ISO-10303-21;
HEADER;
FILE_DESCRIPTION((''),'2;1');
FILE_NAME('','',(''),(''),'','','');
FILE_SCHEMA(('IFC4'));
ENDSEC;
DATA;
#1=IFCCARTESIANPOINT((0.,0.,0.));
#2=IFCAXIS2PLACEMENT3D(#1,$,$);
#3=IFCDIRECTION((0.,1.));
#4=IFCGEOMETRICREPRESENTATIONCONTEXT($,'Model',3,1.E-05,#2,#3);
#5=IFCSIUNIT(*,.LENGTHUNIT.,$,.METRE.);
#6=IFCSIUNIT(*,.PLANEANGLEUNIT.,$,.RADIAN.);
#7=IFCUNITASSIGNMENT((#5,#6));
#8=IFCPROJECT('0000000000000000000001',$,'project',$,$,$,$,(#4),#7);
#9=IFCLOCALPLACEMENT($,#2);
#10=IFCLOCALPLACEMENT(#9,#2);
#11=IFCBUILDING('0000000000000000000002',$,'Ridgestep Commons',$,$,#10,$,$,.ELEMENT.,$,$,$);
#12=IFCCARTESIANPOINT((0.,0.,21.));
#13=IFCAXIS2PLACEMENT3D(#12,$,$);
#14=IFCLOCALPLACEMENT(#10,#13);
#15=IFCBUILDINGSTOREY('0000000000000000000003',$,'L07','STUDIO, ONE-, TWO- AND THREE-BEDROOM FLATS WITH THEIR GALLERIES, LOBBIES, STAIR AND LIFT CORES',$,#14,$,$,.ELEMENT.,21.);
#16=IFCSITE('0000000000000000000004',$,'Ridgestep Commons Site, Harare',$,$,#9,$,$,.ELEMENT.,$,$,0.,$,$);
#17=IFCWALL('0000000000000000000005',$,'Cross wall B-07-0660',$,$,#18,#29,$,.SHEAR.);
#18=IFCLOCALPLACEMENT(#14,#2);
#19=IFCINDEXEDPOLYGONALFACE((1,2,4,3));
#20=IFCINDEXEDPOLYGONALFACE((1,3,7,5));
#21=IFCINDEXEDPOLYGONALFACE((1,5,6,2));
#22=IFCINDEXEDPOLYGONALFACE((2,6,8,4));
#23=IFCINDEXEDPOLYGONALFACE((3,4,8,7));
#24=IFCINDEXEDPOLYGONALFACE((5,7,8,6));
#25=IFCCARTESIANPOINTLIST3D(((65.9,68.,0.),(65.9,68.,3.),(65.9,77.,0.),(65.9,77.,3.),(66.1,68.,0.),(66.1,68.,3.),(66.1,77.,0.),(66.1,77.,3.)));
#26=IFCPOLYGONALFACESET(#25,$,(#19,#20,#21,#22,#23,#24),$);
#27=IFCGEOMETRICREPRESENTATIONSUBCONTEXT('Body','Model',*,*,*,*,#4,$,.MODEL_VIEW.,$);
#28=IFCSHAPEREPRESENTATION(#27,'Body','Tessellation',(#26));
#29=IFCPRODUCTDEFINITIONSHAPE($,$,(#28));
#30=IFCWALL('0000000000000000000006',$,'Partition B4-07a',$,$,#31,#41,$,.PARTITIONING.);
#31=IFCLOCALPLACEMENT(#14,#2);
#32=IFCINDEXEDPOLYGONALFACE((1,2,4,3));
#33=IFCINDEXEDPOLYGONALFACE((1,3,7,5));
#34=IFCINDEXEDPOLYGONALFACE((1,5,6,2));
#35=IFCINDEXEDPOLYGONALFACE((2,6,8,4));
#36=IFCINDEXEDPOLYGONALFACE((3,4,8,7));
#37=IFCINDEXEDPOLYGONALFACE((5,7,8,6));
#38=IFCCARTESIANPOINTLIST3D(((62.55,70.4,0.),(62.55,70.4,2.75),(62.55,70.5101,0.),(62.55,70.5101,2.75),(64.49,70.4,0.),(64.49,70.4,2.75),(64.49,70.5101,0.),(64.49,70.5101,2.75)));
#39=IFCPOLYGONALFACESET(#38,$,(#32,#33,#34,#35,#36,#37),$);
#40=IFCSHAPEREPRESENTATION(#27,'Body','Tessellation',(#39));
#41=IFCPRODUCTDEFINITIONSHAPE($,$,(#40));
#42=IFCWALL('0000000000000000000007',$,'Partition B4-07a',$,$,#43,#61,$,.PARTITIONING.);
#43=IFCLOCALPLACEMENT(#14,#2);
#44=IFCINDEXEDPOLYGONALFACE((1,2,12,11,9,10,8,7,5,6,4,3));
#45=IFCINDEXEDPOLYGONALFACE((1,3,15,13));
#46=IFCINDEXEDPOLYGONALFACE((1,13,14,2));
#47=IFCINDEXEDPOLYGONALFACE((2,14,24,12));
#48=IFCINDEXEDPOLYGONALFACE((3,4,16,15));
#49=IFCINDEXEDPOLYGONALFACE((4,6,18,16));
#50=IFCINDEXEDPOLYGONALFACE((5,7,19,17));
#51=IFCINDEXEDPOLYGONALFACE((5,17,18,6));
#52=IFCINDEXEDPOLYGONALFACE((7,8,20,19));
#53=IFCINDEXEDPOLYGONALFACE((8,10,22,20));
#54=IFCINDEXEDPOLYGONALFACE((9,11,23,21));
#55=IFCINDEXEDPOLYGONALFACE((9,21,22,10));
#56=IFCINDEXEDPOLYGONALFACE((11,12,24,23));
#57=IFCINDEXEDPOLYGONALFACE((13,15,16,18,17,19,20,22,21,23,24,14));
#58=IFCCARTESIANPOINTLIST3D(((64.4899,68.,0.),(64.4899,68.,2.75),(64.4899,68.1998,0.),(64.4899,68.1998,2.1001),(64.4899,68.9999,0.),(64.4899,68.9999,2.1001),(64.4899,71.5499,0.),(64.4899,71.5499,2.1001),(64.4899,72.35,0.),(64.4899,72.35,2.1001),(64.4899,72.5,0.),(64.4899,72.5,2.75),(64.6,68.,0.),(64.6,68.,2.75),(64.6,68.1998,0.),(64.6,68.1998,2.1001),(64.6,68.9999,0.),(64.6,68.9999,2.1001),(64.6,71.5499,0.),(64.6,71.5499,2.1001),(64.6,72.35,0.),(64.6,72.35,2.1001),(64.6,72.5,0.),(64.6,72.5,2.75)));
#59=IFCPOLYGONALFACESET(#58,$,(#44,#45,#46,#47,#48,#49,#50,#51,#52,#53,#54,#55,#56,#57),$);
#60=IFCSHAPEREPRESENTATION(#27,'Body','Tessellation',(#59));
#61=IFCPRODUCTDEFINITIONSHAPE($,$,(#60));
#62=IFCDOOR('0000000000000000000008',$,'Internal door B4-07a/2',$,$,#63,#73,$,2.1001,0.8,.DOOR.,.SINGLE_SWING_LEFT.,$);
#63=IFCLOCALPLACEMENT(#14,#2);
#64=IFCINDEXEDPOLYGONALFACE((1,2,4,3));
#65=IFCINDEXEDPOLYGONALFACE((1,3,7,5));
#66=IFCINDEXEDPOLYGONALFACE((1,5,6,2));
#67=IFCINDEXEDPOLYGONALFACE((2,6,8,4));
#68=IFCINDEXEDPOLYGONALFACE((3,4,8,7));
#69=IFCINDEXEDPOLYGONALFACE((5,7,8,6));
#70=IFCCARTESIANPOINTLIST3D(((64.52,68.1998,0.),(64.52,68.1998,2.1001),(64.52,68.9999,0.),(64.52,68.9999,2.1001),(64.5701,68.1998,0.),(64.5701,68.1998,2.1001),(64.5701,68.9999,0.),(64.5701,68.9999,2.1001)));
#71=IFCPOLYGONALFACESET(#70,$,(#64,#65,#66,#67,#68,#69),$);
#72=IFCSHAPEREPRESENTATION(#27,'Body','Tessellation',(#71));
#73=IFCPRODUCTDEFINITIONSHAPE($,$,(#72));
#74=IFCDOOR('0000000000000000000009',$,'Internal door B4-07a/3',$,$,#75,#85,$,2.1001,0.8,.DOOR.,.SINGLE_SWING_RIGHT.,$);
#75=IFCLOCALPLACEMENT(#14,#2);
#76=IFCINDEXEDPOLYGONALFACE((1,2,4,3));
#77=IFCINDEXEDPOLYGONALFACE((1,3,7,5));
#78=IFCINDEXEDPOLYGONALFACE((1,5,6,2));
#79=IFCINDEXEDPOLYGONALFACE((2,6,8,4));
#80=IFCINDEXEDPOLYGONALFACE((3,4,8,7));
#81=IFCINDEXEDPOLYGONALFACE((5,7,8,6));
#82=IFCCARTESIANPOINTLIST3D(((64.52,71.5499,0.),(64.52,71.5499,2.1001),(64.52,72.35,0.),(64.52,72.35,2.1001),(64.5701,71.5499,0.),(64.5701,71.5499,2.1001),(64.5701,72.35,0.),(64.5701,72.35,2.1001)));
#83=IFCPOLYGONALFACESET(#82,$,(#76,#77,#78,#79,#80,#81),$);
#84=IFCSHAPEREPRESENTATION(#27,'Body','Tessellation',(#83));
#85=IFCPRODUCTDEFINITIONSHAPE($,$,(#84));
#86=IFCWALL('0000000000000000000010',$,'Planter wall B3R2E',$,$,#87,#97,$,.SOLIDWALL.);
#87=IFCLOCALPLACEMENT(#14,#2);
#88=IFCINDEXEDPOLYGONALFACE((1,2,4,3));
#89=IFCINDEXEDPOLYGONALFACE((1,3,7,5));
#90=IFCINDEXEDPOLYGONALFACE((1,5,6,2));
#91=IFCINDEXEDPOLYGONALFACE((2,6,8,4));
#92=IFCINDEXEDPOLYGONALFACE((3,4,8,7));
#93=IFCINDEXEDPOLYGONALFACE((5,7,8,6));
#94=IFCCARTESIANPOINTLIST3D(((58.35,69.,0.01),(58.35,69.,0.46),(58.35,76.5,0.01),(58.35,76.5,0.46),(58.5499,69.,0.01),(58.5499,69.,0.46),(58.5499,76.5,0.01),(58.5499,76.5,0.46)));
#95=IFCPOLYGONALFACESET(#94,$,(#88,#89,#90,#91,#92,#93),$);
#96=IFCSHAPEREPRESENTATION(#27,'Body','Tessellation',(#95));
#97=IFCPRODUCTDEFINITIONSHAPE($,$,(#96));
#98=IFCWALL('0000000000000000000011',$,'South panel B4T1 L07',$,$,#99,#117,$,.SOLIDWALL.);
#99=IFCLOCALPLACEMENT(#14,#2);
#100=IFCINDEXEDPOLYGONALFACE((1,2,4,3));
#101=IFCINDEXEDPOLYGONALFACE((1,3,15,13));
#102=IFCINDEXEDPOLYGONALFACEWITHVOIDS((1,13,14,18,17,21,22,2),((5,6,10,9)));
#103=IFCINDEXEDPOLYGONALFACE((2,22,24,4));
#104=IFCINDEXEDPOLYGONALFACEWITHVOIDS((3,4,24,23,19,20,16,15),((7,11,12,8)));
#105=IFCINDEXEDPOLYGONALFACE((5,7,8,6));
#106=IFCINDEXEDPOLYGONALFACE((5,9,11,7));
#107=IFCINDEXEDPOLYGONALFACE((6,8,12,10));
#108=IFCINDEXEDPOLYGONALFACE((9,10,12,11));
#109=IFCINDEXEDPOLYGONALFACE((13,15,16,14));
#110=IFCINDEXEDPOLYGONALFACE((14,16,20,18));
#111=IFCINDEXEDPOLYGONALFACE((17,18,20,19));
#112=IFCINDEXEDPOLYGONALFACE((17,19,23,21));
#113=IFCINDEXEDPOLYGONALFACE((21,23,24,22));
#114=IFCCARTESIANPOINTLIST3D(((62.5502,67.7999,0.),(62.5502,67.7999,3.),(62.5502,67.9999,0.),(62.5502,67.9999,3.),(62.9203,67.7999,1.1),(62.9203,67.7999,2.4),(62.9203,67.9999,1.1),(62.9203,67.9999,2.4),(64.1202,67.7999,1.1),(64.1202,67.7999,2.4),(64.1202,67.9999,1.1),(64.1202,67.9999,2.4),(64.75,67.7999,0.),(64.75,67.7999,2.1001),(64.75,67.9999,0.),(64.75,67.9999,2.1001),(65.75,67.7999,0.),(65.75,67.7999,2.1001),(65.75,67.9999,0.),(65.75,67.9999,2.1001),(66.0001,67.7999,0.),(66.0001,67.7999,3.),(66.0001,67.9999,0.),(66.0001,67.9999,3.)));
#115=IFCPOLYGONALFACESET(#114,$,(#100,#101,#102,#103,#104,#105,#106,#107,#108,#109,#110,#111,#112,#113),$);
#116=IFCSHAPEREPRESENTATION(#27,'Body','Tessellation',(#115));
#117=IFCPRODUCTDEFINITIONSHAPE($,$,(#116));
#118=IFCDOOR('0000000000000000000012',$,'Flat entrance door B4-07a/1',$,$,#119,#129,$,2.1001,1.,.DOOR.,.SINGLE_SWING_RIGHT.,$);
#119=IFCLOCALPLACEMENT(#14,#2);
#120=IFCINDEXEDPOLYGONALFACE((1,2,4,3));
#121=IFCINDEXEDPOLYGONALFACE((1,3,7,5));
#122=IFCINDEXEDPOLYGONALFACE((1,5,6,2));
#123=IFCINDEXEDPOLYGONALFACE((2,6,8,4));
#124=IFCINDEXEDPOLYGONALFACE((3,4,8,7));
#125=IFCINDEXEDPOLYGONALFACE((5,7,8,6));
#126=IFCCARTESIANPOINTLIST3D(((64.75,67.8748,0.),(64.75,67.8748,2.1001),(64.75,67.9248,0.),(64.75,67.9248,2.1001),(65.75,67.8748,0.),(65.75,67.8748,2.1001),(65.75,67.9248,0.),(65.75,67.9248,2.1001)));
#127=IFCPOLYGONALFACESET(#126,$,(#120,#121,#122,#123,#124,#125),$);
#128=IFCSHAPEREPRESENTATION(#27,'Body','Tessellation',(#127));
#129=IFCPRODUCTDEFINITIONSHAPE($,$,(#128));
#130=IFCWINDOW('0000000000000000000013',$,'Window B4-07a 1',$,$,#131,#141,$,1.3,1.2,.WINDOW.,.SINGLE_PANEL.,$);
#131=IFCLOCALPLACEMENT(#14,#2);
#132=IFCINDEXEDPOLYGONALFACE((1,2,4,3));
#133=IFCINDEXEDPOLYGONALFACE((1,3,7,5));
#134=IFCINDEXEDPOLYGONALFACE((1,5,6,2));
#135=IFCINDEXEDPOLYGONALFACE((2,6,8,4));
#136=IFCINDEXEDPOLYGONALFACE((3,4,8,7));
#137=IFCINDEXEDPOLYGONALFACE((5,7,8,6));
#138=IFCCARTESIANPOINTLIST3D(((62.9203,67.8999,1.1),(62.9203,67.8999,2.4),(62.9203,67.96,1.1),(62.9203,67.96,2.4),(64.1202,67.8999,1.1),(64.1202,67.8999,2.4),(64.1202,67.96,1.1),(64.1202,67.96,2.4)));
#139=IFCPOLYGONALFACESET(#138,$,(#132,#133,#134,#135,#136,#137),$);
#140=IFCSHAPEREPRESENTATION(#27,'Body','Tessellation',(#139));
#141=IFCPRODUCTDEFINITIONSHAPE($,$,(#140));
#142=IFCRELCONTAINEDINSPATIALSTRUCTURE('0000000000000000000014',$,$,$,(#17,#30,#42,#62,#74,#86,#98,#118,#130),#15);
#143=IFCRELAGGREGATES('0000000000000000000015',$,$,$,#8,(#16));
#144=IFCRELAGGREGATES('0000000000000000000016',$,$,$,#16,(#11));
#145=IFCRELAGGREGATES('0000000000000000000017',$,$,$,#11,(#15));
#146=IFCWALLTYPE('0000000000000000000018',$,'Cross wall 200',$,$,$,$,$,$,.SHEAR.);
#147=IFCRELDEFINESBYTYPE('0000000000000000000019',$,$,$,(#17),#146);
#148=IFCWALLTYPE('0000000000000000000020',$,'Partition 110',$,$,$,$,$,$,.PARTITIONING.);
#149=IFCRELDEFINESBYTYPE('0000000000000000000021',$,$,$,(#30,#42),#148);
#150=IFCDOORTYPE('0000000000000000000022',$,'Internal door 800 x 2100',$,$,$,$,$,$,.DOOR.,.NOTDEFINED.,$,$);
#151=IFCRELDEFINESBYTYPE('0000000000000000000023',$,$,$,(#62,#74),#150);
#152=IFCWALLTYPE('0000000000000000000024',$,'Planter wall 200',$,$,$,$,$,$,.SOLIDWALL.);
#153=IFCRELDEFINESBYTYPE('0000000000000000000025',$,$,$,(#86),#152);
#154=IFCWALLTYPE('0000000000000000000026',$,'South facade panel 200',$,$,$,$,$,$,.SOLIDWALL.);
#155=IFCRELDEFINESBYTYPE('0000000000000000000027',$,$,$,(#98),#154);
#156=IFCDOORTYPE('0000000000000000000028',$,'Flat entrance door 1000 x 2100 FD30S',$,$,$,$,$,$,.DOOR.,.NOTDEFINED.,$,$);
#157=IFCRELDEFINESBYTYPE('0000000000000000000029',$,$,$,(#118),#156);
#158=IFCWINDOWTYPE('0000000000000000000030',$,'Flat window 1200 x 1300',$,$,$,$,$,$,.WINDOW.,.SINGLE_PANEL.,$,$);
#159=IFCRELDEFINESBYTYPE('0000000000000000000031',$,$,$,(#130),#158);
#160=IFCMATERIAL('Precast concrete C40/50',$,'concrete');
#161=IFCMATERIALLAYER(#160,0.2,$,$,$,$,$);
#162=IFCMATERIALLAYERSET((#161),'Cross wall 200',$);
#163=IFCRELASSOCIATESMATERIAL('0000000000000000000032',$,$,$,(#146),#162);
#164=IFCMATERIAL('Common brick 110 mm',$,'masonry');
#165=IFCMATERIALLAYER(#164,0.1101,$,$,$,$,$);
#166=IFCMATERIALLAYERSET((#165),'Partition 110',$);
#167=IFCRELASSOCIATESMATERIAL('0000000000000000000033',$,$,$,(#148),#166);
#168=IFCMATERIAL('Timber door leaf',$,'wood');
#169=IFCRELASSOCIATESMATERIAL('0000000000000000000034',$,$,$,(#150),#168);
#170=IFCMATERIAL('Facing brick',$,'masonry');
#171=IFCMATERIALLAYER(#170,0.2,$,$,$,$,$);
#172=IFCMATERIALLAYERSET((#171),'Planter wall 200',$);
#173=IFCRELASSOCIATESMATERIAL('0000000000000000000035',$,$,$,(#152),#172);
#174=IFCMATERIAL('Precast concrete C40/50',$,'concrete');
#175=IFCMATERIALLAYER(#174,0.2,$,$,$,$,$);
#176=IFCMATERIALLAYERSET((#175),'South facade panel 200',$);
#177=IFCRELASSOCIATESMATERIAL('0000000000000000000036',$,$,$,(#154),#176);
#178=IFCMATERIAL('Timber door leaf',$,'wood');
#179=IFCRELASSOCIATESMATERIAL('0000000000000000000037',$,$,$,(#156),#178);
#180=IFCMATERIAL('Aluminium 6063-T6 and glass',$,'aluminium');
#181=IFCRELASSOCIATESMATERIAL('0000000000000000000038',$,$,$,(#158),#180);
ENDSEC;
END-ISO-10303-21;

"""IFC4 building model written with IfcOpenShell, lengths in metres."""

from ifc_helpers import new_model, si_unit, direction, frame, frame_2d, origin, place, context, subcontext, project, spatial, rectangle, extrude, material, layer, layer_set, type_object, element, fill, save


model = new_model("IFC4")

# Units and contexts
model_context = context("Model", 3, precision=1e-05, world=origin(), true_north=direction((0.0, 1.0)))
body_context = subcontext(model_context, "Body", "Model", "MODEL_VIEW")
ifc_project = project(units=[si_unit("LENGTHUNIT", "METRE"), si_unit("PLANEANGLEUNIT", "RADIAN")], contexts=[model_context])

# Site, building, storey
site_placement = place(None, origin())
site = spatial("IfcSite", under=ifc_project, at=site_placement, Name="Ridgestep Commons Site, Harare", CompositionType="ELEMENT", RefElevation=0.0)
building_placement = place(site_placement, origin())
building = spatial("IfcBuilding", under=site, at=building_placement, Name="Ridgestep Commons", CompositionType="ELEMENT")
storey_placement = place(building_placement, frame((0.0, 0.0, 21.0)))
storey = spatial("IfcBuildingStorey", under=building, at=storey_placement, Name="L07", Description="STUDIO, ONE-, TWO- AND THREE-BEDROOM FLATS WITH THEIR GALLERIES, LOBBIES, STAIR AND LIFT CORES", CompositionType="ELEMENT", Elevation=21.0)

# Walls
ifc_material_1 = material(Name="Precast concrete C40/50", Category="concrete")
ifc_layer_1 = layer(ifc_material_1, 0.2)
ifc_layer_set_1 = layer_set([ifc_layer_1], Name="Cross wall 200")
wall_type_1 = type_object("IfcWallType", Name="Cross wall 200", PredefinedType="SHEAR", material=ifc_layer_set_1)
wall_1_placement = place(storey_placement, frame((66.0, 68.0, 0.0), z_axis=(0.0, 0.0, 1.0), x_axis=(0.0, 1.0, 0.0)))
element("IfcWall", 1, at=wall_1_placement, inside=storey, type_object=wall_type_1, Name="Cross wall B-07-0660", PredefinedType="SHEAR", context=body_context, shape_type="SweptSolid", body=[
    extrude(rectangle(XDim=9.0, YDim=0.2, at=frame_2d((4.5, 0.0))), origin(), (0.0, 0.0, 1.0), 3.0),
])
ifc_material_2 = material(Name="Common brick 110 mm", Category="masonry")
ifc_layer_2 = layer(ifc_material_2, 0.1101)
ifc_layer_set_2 = layer_set([ifc_layer_2], Name="Partition 110")
wall_type_2 = type_object("IfcWallType", Name="Partition 110", PredefinedType="PARTITIONING", material=ifc_layer_set_2)
wall_2_placement = place(storey_placement, frame((62.55, 70.4551, 0.0), z_axis=(0.0, 0.0, 1.0), x_axis=(1.0, 0.0, 0.0)))
element("IfcWall", 2, at=wall_2_placement, inside=storey, type_object=wall_type_2, Name="Partition B4-07a", PredefinedType="PARTITIONING", context=body_context, shape_type="SweptSolid", body=[
    extrude(rectangle(XDim=1.9399, YDim=0.1101, at=frame_2d((0.97, 0.0))), origin(), (0.0, 0.0, 1.0), 2.75),
])

# Wall, openings, doors
wall_3_placement = place(storey_placement, frame((64.5449, 68.0, 0.0), z_axis=(0.0, 0.0, 1.0), x_axis=(0.0, 1.0, 0.0)))
wall_3 = element("IfcWall", 3, at=wall_3_placement, inside=storey, type_object=wall_type_2, Name="Partition B4-07a", PredefinedType="PARTITIONING", context=body_context, shape_type="SweptSolid", body=[
    extrude(rectangle(XDim=4.5, YDim=0.1101, at=frame_2d((2.25, 0.0))), origin(), (0.0, 0.0, 1.0), 2.75),
])
opening_1_placement = place(wall_3_placement, frame((0.2, 0.0, 0.0)))
opening_1 = element("IfcOpeningElement", 4, at=opening_1_placement, cuts=wall_3, PredefinedType="OPENING", context=body_context, shape_type="SweptSolid", body=[
    extrude(rectangle(XDim=0.8, YDim=2.1001, at=frame_2d((0.3999, 1.05))), frame((0.0, 0.0649, 0.0), z_axis=(0.0, -1.0, 0.0), x_axis=(1.0, 0.0, 0.0)), (0.0, 0.0, 1.0), 0.1301),
])
opening_2_placement = place(wall_3_placement, frame((3.55, 0.0, 0.0)))
opening_2 = element("IfcOpeningElement", 5, at=opening_2_placement, cuts=wall_3, PredefinedType="OPENING", context=body_context, shape_type="SweptSolid", body=[
    extrude(rectangle(XDim=0.8, YDim=2.1001, at=frame_2d((0.3999, 1.05))), frame((0.0, 0.0649, 0.0), z_axis=(0.0, -1.0, 0.0), x_axis=(1.0, 0.0, 0.0)), (0.0, 0.0, 1.0), 0.1301),
])
ifc_material_3 = material(Name="Timber door leaf", Category="wood")
door_type_1 = type_object("IfcDoorType", Name="Internal door 800 x 2100", OperationType="NOTDEFINED", PredefinedType="DOOR", material=ifc_material_3)
door_1_placement = place(opening_1_placement, origin())
door_1 = element("IfcDoor", 6, at=door_1_placement, inside=storey, type_object=door_type_1, Name="Internal door B4-07a/2", OperationType="SINGLE_SWING_LEFT", OverallHeight=2.1001, OverallWidth=0.8, PredefinedType="DOOR", context=body_context, shape_type="SweptSolid", body=[
    extrude(rectangle(XDim=0.8, YDim=2.1001, at=frame_2d((0.3999, 1.05))), frame((0.0, 0.0249, 0.0), z_axis=(0.0, -1.0, 0.0), x_axis=(1.0, 0.0, 0.0)), (0.0, 0.0, 1.0), 0.05),
])
fill(opening_1, door_1)
door_2_placement = place(opening_2_placement, origin())
door_2 = element("IfcDoor", 7, at=door_2_placement, inside=storey, type_object=door_type_1, Name="Internal door B4-07a/3", OperationType="SINGLE_SWING_RIGHT", OverallHeight=2.1001, OverallWidth=0.8, PredefinedType="DOOR", context=body_context, shape_type="SweptSolid", body=[
    extrude(rectangle(XDim=0.8, YDim=2.1001, at=frame_2d((0.3999, 1.05))), frame((0.0, 0.0249, 0.0), z_axis=(0.0, -1.0, 0.0), x_axis=(1.0, 0.0, 0.0)), (0.0, 0.0, 1.0), 0.05),
])
fill(opening_2, door_2)

# Wall
ifc_material_4 = material(Name="Facing brick", Category="masonry")
ifc_layer_3 = layer(ifc_material_4, 0.2)
ifc_layer_set_3 = layer_set([ifc_layer_3], Name="Planter wall 200")
wall_type_3 = type_object("IfcWallType", Name="Planter wall 200", PredefinedType="SOLIDWALL", material=ifc_layer_set_3)
wall_4_placement = place(storey_placement, frame((58.45, 69.0, 0.01), z_axis=(0.0, 0.0, 1.0), x_axis=(0.0, 1.0, 0.0)))
element("IfcWall", 8, at=wall_4_placement, inside=storey, type_object=wall_type_3, Name="Planter wall B3R2E", PredefinedType="SOLIDWALL", context=body_context, shape_type="SweptSolid", body=[
    extrude(rectangle(XDim=7.5, YDim=0.2, at=frame_2d((3.75, 0.0))), origin(), (0.0, 0.0, 1.0), 0.45),
])

# Wall, openings, door, window
ifc_material_5 = material(Name="Precast concrete C40/50", Category="concrete")
ifc_layer_4 = layer(ifc_material_5, 0.2)
ifc_layer_set_4 = layer_set([ifc_layer_4], Name="South facade panel 200")
wall_type_4 = type_object("IfcWallType", Name="South facade panel 200", PredefinedType="SOLIDWALL", material=ifc_layer_set_4)
wall_5_placement = place(storey_placement, frame((62.55, 67.8999, 0.0), z_axis=(0.0, 0.0, 1.0), x_axis=(1.0, 0.0, 0.0)))
wall_5 = element("IfcWall", 9, at=wall_5_placement, inside=storey, type_object=wall_type_4, Name="South panel B4T1 L07", PredefinedType="SOLIDWALL", context=body_context, shape_type="SweptSolid", body=[
    extrude(rectangle(XDim=3.45, YDim=0.2, at=frame_2d((1.7251, 0.0))), origin(), (0.0, 0.0, 1.0), 3.0),
])
opening_3_placement = place(wall_5_placement, frame((0.3701, 0.0, 1.1001)))
opening_3 = element("IfcOpeningElement", 10, at=opening_3_placement, cuts=wall_5, PredefinedType="OPENING", context=body_context, shape_type="SweptSolid", body=[
    extrude(rectangle(XDim=1.2, YDim=1.3, at=frame_2d((0.6001, 0.6499))), frame((0.0, 0.1099, 0.0), z_axis=(0.0, -1.0, 0.0), x_axis=(1.0, 0.0, 0.0)), (0.0, 0.0, 1.0), 0.22),
])
opening_4_placement = place(wall_5_placement, frame((2.2, 0.0, 0.0)))
opening_4 = element("IfcOpeningElement", 11, at=opening_4_placement, cuts=wall_5, PredefinedType="OPENING", context=body_context, shape_type="SweptSolid", body=[
    extrude(rectangle(XDim=1.0, YDim=2.1001, at=frame_2d((0.5, 1.05))), frame((0.0, 0.1099, 0.0), z_axis=(0.0, -1.0, 0.0), x_axis=(1.0, 0.0, 0.0)), (0.0, 0.0, 1.0), 0.22),
])
ifc_material_6 = material(Name="Timber door leaf", Category="wood")
door_type_2 = type_object("IfcDoorType", Name="Flat entrance door 1000 x 2100 FD30S", OperationType="NOTDEFINED", PredefinedType="DOOR", material=ifc_material_6)
door_3_placement = place(opening_4_placement, origin())
door_3 = element("IfcDoor", 12, at=door_3_placement, inside=storey, type_object=door_type_2, Name="Flat entrance door B4-07a/1", OperationType="SINGLE_SWING_RIGHT", OverallHeight=2.1001, OverallWidth=1.0, PredefinedType="DOOR", context=body_context, shape_type="SweptSolid", body=[
    extrude(rectangle(XDim=1.0, YDim=2.1001, at=frame_2d((0.5, 1.05))), frame((0.0, 0.0249, 0.0), z_axis=(0.0, -1.0, 0.0), x_axis=(1.0, 0.0, 0.0)), (0.0, 0.0, 1.0), 0.05),
])
fill(opening_4, door_3)
ifc_material_7 = material(Name="Aluminium 6063-T6 and glass", Category="aluminium")
window_type = type_object("IfcWindowType", Name="Flat window 1200 x 1300", PartitioningType="SINGLE_PANEL", PredefinedType="WINDOW", material=ifc_material_7)
window_1_placement = place(opening_3_placement, origin())
window_1 = element("IfcWindow", 13, at=window_1_placement, inside=storey, type_object=window_type, Name="Window B4-07a 1", OverallHeight=1.3, OverallWidth=1.2, PartitioningType="SINGLE_PANEL", PredefinedType="WINDOW", context=body_context, shape_type="SweptSolid", body=[
    extrude(rectangle(XDim=1.2, YDim=1.3, at=frame_2d((0.6001, 0.6499))), frame((0.0, 0.0601, 0.0), z_axis=(0.0, -1.0, 0.0), x_axis=(1.0, 0.0, 0.0)), (0.0, 0.0, 1.0), 0.0601),
])
fill(opening_3, window_1)

save(model, "model.ifc")
